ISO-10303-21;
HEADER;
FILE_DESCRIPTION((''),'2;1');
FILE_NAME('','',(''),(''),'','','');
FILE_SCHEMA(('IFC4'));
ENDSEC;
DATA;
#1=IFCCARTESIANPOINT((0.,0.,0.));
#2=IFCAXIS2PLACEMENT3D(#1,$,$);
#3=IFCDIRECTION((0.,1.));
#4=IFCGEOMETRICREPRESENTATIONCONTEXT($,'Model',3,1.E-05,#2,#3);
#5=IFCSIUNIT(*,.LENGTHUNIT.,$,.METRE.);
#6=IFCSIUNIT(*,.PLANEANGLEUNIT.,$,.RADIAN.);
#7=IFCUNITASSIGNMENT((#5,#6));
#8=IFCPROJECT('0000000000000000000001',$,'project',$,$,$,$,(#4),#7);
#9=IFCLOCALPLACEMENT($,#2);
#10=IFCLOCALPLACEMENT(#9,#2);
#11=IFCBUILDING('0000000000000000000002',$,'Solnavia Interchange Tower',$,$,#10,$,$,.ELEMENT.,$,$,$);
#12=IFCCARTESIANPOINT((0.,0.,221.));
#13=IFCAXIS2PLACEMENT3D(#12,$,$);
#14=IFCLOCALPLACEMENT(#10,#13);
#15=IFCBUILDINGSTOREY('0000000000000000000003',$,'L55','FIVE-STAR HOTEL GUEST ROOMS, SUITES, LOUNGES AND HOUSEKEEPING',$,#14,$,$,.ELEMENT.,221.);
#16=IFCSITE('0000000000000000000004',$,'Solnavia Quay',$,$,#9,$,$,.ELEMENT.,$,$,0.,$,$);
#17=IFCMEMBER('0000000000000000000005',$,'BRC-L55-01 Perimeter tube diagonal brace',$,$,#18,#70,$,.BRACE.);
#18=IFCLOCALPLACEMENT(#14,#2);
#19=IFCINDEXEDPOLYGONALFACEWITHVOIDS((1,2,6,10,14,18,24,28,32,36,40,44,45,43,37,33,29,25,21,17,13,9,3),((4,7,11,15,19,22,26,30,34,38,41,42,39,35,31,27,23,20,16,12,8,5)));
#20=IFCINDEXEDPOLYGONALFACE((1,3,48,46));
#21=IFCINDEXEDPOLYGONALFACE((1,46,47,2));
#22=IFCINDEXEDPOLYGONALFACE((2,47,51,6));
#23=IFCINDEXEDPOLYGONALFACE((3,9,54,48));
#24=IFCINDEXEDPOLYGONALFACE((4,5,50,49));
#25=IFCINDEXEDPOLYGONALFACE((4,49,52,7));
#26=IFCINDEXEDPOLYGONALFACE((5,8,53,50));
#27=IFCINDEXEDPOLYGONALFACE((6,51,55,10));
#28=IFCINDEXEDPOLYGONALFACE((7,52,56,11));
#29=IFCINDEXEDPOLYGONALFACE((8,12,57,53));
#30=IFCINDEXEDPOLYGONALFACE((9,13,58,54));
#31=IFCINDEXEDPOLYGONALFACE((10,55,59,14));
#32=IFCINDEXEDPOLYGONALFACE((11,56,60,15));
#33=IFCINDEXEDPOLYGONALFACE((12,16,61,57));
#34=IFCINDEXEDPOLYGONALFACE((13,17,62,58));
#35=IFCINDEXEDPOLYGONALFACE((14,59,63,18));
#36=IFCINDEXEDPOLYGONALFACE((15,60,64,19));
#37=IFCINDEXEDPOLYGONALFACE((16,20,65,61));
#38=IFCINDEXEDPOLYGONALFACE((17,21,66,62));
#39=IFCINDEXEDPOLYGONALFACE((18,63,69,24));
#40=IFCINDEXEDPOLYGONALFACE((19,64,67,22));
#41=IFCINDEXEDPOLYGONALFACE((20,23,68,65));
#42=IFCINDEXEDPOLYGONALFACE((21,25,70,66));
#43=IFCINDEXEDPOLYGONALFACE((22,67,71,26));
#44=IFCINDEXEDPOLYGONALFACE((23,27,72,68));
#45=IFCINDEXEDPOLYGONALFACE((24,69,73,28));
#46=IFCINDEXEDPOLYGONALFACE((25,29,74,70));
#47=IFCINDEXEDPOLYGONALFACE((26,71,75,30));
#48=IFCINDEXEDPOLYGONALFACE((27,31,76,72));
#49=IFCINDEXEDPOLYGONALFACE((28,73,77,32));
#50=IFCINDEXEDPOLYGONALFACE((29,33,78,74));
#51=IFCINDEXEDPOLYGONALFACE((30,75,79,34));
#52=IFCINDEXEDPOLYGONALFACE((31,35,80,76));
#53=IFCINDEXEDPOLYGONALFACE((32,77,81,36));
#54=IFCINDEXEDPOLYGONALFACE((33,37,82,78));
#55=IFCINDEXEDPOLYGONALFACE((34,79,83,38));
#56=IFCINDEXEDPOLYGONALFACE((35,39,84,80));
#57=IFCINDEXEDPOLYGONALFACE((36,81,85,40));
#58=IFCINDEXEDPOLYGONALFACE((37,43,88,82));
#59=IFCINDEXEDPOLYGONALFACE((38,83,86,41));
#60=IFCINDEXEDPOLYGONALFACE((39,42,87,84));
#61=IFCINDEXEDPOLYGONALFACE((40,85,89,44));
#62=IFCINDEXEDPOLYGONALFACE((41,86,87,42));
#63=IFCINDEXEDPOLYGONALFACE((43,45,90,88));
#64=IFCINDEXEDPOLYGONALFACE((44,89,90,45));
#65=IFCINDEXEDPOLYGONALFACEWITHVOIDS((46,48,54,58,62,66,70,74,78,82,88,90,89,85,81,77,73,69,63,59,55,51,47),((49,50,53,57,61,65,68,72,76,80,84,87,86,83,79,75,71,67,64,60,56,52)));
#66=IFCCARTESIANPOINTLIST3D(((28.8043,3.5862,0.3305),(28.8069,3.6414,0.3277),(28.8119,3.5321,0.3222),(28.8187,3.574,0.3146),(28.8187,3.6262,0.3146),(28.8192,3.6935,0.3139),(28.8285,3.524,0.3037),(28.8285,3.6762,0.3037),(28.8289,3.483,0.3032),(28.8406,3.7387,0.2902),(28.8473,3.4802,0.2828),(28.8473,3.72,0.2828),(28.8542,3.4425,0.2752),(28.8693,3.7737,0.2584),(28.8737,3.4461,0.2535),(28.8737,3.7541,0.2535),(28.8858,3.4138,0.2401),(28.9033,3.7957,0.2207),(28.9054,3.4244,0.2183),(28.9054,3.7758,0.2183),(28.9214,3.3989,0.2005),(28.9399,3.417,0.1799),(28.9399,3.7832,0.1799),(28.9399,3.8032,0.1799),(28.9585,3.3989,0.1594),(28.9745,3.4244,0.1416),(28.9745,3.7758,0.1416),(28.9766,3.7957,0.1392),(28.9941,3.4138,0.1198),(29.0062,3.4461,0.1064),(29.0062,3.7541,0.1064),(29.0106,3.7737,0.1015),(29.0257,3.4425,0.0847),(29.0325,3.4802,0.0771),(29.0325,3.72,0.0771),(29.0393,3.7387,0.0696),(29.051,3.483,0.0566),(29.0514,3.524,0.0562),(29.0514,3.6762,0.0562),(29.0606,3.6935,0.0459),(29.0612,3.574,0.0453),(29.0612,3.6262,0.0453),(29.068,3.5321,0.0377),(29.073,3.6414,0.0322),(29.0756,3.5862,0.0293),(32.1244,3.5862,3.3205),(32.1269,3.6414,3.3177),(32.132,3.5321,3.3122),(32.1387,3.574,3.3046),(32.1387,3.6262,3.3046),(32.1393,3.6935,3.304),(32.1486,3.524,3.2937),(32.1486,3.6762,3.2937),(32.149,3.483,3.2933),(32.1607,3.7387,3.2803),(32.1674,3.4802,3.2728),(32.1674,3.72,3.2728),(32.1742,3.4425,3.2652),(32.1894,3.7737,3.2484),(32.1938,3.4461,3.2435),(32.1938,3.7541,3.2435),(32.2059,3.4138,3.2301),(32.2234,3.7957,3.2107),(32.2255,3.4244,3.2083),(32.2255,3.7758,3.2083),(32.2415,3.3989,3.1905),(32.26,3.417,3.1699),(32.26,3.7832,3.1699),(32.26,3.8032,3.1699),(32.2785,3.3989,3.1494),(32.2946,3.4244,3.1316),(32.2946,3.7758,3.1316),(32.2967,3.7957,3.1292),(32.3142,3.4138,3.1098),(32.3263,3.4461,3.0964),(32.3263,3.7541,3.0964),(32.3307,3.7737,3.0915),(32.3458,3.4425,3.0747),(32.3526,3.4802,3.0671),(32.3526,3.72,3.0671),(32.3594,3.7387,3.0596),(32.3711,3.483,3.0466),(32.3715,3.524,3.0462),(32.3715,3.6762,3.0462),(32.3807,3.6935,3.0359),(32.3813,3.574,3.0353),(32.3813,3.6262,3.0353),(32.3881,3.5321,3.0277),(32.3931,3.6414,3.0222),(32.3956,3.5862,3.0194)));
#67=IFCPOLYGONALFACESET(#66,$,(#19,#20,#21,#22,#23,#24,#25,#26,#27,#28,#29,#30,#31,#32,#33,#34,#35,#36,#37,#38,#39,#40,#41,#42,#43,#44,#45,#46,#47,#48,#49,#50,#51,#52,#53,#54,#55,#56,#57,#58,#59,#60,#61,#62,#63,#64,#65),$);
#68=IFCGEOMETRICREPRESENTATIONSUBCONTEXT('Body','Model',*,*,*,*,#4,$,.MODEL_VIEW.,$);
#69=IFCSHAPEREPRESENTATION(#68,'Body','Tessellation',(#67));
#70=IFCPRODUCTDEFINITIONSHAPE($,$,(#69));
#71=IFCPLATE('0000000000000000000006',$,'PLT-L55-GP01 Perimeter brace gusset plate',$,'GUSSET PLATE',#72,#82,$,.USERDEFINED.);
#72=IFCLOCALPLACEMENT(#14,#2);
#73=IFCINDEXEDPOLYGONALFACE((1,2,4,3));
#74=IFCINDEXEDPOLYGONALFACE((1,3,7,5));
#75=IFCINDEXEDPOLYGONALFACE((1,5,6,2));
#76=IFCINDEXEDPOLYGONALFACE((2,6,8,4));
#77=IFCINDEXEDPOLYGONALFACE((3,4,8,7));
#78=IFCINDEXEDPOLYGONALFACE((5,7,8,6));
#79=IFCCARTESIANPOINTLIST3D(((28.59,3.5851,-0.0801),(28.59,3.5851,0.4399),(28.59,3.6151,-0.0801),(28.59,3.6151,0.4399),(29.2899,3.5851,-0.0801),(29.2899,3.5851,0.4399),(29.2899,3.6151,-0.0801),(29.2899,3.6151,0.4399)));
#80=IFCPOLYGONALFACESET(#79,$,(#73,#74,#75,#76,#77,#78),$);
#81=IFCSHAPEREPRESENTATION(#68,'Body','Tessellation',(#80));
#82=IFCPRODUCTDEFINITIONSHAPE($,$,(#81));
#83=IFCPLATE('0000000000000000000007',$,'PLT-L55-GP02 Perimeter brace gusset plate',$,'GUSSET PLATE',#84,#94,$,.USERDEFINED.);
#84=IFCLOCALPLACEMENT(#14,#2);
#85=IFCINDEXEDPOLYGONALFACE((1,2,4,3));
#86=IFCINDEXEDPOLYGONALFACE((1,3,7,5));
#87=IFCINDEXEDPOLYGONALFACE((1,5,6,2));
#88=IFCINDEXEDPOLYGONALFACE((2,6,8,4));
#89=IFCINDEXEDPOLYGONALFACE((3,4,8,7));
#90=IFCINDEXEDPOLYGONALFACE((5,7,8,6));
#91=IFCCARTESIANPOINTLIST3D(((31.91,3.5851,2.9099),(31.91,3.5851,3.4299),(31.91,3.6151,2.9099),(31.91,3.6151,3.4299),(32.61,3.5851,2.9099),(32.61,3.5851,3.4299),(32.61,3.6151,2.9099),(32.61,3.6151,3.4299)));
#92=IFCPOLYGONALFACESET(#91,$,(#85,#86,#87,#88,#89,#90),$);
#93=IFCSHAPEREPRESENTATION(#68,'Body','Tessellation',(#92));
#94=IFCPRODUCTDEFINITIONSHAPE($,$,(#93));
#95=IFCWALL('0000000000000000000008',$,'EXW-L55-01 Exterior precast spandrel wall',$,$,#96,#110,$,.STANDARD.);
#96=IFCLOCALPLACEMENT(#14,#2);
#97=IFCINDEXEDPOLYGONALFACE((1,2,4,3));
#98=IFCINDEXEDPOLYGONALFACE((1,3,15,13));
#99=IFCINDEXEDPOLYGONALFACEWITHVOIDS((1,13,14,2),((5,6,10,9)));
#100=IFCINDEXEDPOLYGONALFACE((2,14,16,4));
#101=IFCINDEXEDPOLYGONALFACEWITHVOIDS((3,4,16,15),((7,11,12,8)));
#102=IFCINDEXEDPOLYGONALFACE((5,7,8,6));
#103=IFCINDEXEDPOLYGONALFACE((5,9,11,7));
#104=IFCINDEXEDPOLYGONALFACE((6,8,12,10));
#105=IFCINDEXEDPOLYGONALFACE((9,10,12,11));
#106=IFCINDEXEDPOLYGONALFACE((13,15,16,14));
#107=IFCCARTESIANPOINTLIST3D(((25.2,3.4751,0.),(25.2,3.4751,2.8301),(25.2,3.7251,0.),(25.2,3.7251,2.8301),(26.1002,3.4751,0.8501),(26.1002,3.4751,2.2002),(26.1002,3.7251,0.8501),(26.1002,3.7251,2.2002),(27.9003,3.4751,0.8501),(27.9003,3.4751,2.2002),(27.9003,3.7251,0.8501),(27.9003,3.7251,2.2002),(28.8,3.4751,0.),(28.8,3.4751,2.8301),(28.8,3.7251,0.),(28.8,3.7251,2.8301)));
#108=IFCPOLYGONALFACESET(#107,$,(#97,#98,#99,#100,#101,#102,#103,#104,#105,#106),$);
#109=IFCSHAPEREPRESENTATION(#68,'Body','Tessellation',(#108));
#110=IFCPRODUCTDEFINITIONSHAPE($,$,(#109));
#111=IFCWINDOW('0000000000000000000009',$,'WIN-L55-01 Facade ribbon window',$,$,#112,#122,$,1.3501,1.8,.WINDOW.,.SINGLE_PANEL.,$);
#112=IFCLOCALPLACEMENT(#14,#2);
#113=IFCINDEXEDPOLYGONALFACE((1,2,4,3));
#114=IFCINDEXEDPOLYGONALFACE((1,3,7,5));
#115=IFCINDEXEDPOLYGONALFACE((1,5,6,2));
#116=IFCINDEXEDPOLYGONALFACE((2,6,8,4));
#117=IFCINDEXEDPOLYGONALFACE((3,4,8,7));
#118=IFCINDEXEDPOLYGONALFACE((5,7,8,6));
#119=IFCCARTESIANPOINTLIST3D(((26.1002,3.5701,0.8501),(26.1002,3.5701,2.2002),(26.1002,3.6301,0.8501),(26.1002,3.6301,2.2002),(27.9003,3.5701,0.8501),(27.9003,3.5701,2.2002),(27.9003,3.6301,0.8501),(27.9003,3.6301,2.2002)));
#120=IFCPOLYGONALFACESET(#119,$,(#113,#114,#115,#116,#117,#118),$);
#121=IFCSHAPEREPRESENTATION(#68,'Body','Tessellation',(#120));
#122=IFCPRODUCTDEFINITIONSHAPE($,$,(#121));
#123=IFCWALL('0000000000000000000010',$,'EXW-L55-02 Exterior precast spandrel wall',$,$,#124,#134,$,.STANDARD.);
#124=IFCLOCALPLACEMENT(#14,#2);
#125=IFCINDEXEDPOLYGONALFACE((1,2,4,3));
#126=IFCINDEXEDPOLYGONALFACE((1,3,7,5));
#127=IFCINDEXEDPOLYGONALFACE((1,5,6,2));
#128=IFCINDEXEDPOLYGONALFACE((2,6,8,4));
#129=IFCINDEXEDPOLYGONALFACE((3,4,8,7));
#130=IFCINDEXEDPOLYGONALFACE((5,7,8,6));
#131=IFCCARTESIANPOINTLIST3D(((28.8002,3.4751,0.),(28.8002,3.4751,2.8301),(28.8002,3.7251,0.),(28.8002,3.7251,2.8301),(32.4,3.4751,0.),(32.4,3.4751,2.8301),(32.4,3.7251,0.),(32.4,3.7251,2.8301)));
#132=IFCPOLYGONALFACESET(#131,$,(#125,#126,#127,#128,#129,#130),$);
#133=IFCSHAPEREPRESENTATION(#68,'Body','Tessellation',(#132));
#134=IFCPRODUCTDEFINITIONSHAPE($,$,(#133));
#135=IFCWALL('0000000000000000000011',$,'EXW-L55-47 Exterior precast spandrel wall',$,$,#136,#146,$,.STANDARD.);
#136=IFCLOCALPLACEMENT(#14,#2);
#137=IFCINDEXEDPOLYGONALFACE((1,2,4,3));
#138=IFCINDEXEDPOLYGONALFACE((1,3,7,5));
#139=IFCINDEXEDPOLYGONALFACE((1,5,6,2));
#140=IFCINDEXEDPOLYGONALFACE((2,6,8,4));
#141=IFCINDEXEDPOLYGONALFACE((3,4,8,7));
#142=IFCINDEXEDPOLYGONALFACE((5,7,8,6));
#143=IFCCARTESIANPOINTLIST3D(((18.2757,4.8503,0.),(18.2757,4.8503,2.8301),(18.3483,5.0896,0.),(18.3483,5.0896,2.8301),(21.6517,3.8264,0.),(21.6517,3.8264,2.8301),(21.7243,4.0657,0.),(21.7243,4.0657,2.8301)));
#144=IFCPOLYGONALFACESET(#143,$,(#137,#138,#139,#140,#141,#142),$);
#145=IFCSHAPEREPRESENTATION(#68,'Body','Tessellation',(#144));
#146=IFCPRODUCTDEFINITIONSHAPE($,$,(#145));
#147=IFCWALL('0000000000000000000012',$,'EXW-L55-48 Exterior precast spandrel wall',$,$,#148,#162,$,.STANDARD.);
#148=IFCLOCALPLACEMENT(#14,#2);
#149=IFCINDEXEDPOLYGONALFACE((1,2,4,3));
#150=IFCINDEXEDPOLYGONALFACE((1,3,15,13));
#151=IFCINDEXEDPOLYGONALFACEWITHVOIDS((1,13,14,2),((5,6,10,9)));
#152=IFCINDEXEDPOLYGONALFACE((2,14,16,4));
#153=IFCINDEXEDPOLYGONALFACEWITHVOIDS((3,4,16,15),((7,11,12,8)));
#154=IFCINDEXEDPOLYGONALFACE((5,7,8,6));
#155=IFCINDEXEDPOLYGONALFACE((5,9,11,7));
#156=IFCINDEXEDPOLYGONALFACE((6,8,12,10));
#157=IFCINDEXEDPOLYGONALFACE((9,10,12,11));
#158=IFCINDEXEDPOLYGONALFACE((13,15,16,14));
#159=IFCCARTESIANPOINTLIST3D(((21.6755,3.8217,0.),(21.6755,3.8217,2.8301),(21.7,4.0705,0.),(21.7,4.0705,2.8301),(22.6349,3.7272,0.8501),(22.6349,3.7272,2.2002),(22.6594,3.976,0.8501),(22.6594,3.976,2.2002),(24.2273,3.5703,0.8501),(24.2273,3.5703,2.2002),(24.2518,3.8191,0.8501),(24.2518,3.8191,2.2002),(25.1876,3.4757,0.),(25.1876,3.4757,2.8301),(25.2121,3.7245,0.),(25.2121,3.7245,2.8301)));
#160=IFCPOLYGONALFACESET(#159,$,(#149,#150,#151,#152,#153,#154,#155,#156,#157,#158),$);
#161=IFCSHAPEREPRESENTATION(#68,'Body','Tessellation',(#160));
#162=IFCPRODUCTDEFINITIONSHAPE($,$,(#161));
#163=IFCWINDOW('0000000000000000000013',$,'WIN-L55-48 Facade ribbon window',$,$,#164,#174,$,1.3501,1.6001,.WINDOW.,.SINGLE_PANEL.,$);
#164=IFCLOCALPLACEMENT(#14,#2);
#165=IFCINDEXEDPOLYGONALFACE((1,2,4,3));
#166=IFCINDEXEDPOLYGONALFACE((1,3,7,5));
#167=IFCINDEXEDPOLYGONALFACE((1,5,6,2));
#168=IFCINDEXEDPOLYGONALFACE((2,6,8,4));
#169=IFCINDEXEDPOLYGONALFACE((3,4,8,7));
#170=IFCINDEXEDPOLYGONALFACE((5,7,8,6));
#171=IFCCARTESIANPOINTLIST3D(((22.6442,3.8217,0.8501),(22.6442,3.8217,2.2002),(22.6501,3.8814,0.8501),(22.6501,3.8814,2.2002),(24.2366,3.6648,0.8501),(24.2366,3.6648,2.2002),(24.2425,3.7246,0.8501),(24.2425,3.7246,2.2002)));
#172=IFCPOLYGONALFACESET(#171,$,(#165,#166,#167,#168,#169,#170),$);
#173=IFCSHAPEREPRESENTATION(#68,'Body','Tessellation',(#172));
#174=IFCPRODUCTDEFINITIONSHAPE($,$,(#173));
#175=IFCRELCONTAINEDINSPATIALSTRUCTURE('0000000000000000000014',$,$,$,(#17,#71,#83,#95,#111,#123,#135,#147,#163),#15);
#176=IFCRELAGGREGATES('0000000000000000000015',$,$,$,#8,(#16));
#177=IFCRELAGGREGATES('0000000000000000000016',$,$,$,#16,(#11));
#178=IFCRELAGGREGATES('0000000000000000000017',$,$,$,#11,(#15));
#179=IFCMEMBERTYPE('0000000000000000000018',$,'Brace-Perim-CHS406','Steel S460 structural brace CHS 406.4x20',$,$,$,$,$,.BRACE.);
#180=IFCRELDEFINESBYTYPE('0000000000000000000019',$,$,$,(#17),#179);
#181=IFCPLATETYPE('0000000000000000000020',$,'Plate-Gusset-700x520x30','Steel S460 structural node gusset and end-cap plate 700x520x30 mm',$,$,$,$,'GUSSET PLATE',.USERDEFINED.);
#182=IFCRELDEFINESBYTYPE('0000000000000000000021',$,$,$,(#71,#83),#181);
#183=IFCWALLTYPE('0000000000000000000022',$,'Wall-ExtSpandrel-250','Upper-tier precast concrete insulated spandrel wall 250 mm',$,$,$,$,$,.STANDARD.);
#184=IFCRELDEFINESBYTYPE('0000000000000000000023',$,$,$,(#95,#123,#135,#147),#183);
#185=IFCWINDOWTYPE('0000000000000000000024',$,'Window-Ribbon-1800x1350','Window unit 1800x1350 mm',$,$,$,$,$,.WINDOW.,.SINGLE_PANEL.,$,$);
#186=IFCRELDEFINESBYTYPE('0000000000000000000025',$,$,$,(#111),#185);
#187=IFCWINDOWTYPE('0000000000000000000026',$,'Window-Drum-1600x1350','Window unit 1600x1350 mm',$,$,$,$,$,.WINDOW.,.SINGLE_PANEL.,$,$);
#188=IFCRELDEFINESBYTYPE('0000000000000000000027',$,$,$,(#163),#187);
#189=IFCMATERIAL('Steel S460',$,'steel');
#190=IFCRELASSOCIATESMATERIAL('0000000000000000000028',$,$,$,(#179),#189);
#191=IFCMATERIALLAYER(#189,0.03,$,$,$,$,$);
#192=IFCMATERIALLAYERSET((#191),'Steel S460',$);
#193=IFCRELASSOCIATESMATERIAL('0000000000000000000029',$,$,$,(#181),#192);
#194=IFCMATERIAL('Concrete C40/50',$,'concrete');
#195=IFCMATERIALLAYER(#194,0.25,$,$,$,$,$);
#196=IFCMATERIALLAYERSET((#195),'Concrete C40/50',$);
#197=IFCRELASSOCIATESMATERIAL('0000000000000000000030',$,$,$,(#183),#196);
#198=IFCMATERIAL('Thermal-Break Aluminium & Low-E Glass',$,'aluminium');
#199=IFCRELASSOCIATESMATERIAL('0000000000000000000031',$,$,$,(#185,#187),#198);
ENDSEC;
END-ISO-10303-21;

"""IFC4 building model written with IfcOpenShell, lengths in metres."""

from ifc_helpers import new_model, si_unit, direction, frame, frame_2d, origin, origin_2d, place, context, subcontext, project, spatial, rectangle, hollow_circle, extrude, material, layer, layer_set, material_profile, profile_set, type_object, element, fill, save


model = new_model("IFC4")

# Units and contexts
model_context = context("Model", 3, precision=1e-05, world=origin(), true_north=direction((0.0, 1.0)))
body_context = subcontext(model_context, "Body", "Model", "MODEL_VIEW")
ifc_project = project(units=[si_unit("LENGTHUNIT", "METRE"), si_unit("PLANEANGLEUNIT", "RADIAN")], contexts=[model_context])

# Site, building, storey
site_placement = place(None, origin())
site = spatial("IfcSite", under=ifc_project, at=site_placement, Name="Solnavia Quay", CompositionType="ELEMENT", RefElevation=0.0)
building_placement = place(site_placement, origin())
building = spatial("IfcBuilding", under=site, at=building_placement, Name="Solnavia Interchange Tower", CompositionType="ELEMENT")
storey_placement = place(building_placement, frame((0.0, 0.0, 221.0)))
storey = spatial("IfcBuildingStorey", under=building, at=storey_placement, Name="L55", Description="FIVE-STAR HOTEL GUEST ROOMS, SUITES, LOUNGES AND HOUSEKEEPING", CompositionType="ELEMENT", Elevation=221.0)

# Member
ifc_material_1 = material(Name="Steel S460", Category="steel")
ifc_material_profile_1 = material_profile(ifc_material_1, hollow_circle(Radius=0.2031, WallThickness=0.02, at=origin_2d()), Name="CHS 406.4x20")
ifc_profile_set_1 = profile_set([ifc_material_profile_1], Name="Steel S460")
member_type = type_object("IfcMemberType", Name="Brace-Perim-CHS406", Description="Steel S460 structural brace CHS 406.4x20", PredefinedType="BRACE", material=ifc_profile_set_1)
member_placement = place(storey_placement, frame((28.9399, 3.6001, 0.1799), z_axis=(0.743079, 0.0, 0.669203), x_axis=(0.0, 1.0, 0.0)))
element("IfcMember", 1, at=member_placement, inside=storey, type_object=member_type, Name="BRC-L55-01 Perimeter tube diagonal brace", PredefinedType="BRACE", context=body_context, shape_type="SweptSolid", body=[
    extrude(hollow_circle(Radius=0.2031, WallThickness=0.02, at=origin_2d()), origin(), (0.0, 0.0, 1.0), 4.468),
])

# Plates
ifc_layer_1 = layer(ifc_material_1, 0.03)
ifc_layer_set_1 = layer_set([ifc_layer_1], Name="Steel S460")
plate_type = type_object("IfcPlateType", Name="Plate-Gusset-700x520x30", Description="Steel S460 structural node gusset and end-cap plate 700x520x30 mm", ElementType="GUSSET PLATE", PredefinedType="USERDEFINED", material=ifc_layer_set_1)
for number, where, z_axis, x_axis, name in (
    (2, (28.9399, 3.6001, -0.0801), (0.0, 0.0, 1.0), (1.0, 0.0, 0.0), "PLT-L55-GP01 Perimeter brace gusset plate"),
    (3, (32.26, 3.6001, 2.9099), (0.0, 0.0, 1.0), (1.0, 0.0, 0.0), "PLT-L55-GP02 Perimeter brace gusset plate"),
):
    element("IfcPlate", number, at=place(storey_placement, frame(where, z_axis=z_axis, x_axis=x_axis)), inside=storey, type_object=plate_type, Name=name, ObjectType="GUSSET PLATE", PredefinedType="USERDEFINED", context=body_context, shape_type="SweptSolid", body=[
        extrude(rectangle(XDim=0.7, YDim=0.03, at=origin_2d()), origin(), (0.0, 0.0, 1.0), 0.52),
    ])

# Wall, opening, window
ifc_material_2 = material(Name="Concrete C40/50", Category="concrete")
ifc_layer_2 = layer(ifc_material_2, 0.25)
ifc_layer_set_2 = layer_set([ifc_layer_2], Name="Concrete C40/50")
wall_type_1 = type_object("IfcWallType", Name="Wall-ExtSpandrel-250", Description="Upper-tier precast concrete insulated spandrel wall 250 mm", PredefinedType="STANDARD", material=ifc_layer_set_2)
wall_1_placement = place(storey_placement, frame((28.8, 3.6001, 0.0), z_axis=(0.0, 0.0, 1.0), x_axis=(-1.0, 0.0, 0.0)))
wall_1 = element("IfcWall", 4, at=wall_1_placement, inside=storey, type_object=wall_type_1, Name="EXW-L55-01 Exterior precast spandrel wall", PredefinedType="STANDARD", context=body_context, shape_type="SweptSolid", body=[
    extrude(rectangle(XDim=3.6001, YDim=0.25, at=frame_2d((1.8, 0.0))), origin(), (0.0, 0.0, 1.0), 2.8301),
])
opening_1_placement = place(wall_1_placement, frame((0.8999, 0.0, 0.8501)))
opening_1 = element("IfcOpeningElement", 5, at=opening_1_placement, cuts=wall_1, PredefinedType="OPENING", context=body_context, shape_type="SweptSolid", body=[
    extrude(rectangle(XDim=1.8, YDim=1.3501, at=frame_2d((0.8999, 0.675))), frame((0.0, 0.135, 0.0), z_axis=(0.0, -1.0, 0.0), x_axis=(1.0, 0.0, 0.0)), (0.0, 0.0, 1.0), 0.27),
])
ifc_material_3 = material(Name="Thermal-Break Aluminium & Low-E Glass", Category="aluminium")
window_type_1 = type_object("IfcWindowType", Name="Window-Ribbon-1800x1350", Description="Window unit 1800x1350 mm", PartitioningType="SINGLE_PANEL", PredefinedType="WINDOW", material=ifc_material_3)
window_1_placement = place(opening_1_placement, origin())
window_1 = element("IfcWindow", 6, at=window_1_placement, inside=storey, type_object=window_type_1, Name="WIN-L55-01 Facade ribbon window", OverallHeight=1.3501, OverallWidth=1.8, PartitioningType="SINGLE_PANEL", PredefinedType="WINDOW", context=body_context, shape_type="SweptSolid", body=[
    extrude(rectangle(XDim=1.8, YDim=1.3501, at=frame_2d((0.8999, 0.675))), frame((0.0, 0.03, 0.0), z_axis=(0.0, -1.0, 0.0), x_axis=(1.0, 0.0, 0.0)), (0.0, 0.0, 1.0), 0.0601),
])
fill(opening_1, window_1)

# Walls
wall_2_placement = place(storey_placement, frame((32.3999, 3.6001, 0.0), z_axis=(0.0, 0.0, 1.0), x_axis=(-1.0, 0.0, 0.0)))
element("IfcWall", 7, at=wall_2_placement, inside=storey, type_object=wall_type_1, Name="EXW-L55-02 Exterior precast spandrel wall", PredefinedType="STANDARD", context=body_context, shape_type="SweptSolid", body=[
    extrude(rectangle(XDim=3.5999, YDim=0.25, at=frame_2d((1.7998, 0.0))), origin(), (0.0, 0.0, 1.0), 2.8301),
])
wall_3_placement = place(storey_placement, frame((21.688, 3.946, 0.0), z_axis=(0.0, 0.0, 1.0), x_axis=(-0.956953, 0.290242, 0.0)))
element("IfcWall", 8, at=wall_3_placement, inside=storey, type_object=wall_type_1, Name="EXW-L55-47 Exterior precast spandrel wall", PredefinedType="STANDARD", context=body_context, shape_type="SweptSolid", body=[
    extrude(rectangle(XDim=3.5278, YDim=0.25, at=frame_2d((1.7639, 0.0))), origin(), (0.0, 0.0, 1.0), 2.8301),
])

# Wall, opening, window
wall_4_placement = place(storey_placement, frame((25.2, 3.6001, 0.0), z_axis=(0.0, 0.0, 1.0), x_axis=(-0.995183, 0.098031, 0.0)))
wall_4 = element("IfcWall", 9, at=wall_4_placement, inside=storey, type_object=wall_type_1, Name="EXW-L55-48 Exterior precast spandrel wall", PredefinedType="STANDARD", context=body_context, shape_type="SweptSolid", body=[
    extrude(rectangle(XDim=3.5291, YDim=0.25, at=frame_2d((1.7646, 0.0))), origin(), (0.0, 0.0, 1.0), 2.8301),
])
opening_2_placement = place(wall_4_placement, frame((0.9651, 0.0, 0.8501)))
opening_2 = element("IfcOpeningElement", 10, at=opening_2_placement, cuts=wall_4, PredefinedType="OPENING", context=body_context, shape_type="SweptSolid", body=[
    extrude(rectangle(XDim=1.6001, YDim=1.3501, at=frame_2d((0.8, 0.675))), frame((0.0, 0.135, 0.0), z_axis=(0.0, -1.0, 0.0), x_axis=(1.0, 0.0, 0.0)), (0.0, 0.0, 1.0), 0.27),
])
window_type_2 = type_object("IfcWindowType", Name="Window-Drum-1600x1350", Description="Window unit 1600x1350 mm", PartitioningType="SINGLE_PANEL", PredefinedType="WINDOW", material=ifc_material_3)
window_2_placement = place(opening_2_placement, origin())
window_2 = element("IfcWindow", 11, at=window_2_placement, inside=storey, type_object=window_type_2, Name="WIN-L55-48 Facade ribbon window", OverallHeight=1.3501, OverallWidth=1.6001, PartitioningType="SINGLE_PANEL", PredefinedType="WINDOW", context=body_context, shape_type="SweptSolid", body=[
    extrude(rectangle(XDim=1.6001, YDim=1.3501, at=frame_2d((0.8, 0.675))), frame((0.0, 0.03, 0.0), z_axis=(0.0, -1.0, 0.0), x_axis=(1.0, 0.0, 0.0)), (0.0, 0.0, 1.0), 0.0601),
])
fill(opening_2, window_2)

save(model, "model.ifc")
